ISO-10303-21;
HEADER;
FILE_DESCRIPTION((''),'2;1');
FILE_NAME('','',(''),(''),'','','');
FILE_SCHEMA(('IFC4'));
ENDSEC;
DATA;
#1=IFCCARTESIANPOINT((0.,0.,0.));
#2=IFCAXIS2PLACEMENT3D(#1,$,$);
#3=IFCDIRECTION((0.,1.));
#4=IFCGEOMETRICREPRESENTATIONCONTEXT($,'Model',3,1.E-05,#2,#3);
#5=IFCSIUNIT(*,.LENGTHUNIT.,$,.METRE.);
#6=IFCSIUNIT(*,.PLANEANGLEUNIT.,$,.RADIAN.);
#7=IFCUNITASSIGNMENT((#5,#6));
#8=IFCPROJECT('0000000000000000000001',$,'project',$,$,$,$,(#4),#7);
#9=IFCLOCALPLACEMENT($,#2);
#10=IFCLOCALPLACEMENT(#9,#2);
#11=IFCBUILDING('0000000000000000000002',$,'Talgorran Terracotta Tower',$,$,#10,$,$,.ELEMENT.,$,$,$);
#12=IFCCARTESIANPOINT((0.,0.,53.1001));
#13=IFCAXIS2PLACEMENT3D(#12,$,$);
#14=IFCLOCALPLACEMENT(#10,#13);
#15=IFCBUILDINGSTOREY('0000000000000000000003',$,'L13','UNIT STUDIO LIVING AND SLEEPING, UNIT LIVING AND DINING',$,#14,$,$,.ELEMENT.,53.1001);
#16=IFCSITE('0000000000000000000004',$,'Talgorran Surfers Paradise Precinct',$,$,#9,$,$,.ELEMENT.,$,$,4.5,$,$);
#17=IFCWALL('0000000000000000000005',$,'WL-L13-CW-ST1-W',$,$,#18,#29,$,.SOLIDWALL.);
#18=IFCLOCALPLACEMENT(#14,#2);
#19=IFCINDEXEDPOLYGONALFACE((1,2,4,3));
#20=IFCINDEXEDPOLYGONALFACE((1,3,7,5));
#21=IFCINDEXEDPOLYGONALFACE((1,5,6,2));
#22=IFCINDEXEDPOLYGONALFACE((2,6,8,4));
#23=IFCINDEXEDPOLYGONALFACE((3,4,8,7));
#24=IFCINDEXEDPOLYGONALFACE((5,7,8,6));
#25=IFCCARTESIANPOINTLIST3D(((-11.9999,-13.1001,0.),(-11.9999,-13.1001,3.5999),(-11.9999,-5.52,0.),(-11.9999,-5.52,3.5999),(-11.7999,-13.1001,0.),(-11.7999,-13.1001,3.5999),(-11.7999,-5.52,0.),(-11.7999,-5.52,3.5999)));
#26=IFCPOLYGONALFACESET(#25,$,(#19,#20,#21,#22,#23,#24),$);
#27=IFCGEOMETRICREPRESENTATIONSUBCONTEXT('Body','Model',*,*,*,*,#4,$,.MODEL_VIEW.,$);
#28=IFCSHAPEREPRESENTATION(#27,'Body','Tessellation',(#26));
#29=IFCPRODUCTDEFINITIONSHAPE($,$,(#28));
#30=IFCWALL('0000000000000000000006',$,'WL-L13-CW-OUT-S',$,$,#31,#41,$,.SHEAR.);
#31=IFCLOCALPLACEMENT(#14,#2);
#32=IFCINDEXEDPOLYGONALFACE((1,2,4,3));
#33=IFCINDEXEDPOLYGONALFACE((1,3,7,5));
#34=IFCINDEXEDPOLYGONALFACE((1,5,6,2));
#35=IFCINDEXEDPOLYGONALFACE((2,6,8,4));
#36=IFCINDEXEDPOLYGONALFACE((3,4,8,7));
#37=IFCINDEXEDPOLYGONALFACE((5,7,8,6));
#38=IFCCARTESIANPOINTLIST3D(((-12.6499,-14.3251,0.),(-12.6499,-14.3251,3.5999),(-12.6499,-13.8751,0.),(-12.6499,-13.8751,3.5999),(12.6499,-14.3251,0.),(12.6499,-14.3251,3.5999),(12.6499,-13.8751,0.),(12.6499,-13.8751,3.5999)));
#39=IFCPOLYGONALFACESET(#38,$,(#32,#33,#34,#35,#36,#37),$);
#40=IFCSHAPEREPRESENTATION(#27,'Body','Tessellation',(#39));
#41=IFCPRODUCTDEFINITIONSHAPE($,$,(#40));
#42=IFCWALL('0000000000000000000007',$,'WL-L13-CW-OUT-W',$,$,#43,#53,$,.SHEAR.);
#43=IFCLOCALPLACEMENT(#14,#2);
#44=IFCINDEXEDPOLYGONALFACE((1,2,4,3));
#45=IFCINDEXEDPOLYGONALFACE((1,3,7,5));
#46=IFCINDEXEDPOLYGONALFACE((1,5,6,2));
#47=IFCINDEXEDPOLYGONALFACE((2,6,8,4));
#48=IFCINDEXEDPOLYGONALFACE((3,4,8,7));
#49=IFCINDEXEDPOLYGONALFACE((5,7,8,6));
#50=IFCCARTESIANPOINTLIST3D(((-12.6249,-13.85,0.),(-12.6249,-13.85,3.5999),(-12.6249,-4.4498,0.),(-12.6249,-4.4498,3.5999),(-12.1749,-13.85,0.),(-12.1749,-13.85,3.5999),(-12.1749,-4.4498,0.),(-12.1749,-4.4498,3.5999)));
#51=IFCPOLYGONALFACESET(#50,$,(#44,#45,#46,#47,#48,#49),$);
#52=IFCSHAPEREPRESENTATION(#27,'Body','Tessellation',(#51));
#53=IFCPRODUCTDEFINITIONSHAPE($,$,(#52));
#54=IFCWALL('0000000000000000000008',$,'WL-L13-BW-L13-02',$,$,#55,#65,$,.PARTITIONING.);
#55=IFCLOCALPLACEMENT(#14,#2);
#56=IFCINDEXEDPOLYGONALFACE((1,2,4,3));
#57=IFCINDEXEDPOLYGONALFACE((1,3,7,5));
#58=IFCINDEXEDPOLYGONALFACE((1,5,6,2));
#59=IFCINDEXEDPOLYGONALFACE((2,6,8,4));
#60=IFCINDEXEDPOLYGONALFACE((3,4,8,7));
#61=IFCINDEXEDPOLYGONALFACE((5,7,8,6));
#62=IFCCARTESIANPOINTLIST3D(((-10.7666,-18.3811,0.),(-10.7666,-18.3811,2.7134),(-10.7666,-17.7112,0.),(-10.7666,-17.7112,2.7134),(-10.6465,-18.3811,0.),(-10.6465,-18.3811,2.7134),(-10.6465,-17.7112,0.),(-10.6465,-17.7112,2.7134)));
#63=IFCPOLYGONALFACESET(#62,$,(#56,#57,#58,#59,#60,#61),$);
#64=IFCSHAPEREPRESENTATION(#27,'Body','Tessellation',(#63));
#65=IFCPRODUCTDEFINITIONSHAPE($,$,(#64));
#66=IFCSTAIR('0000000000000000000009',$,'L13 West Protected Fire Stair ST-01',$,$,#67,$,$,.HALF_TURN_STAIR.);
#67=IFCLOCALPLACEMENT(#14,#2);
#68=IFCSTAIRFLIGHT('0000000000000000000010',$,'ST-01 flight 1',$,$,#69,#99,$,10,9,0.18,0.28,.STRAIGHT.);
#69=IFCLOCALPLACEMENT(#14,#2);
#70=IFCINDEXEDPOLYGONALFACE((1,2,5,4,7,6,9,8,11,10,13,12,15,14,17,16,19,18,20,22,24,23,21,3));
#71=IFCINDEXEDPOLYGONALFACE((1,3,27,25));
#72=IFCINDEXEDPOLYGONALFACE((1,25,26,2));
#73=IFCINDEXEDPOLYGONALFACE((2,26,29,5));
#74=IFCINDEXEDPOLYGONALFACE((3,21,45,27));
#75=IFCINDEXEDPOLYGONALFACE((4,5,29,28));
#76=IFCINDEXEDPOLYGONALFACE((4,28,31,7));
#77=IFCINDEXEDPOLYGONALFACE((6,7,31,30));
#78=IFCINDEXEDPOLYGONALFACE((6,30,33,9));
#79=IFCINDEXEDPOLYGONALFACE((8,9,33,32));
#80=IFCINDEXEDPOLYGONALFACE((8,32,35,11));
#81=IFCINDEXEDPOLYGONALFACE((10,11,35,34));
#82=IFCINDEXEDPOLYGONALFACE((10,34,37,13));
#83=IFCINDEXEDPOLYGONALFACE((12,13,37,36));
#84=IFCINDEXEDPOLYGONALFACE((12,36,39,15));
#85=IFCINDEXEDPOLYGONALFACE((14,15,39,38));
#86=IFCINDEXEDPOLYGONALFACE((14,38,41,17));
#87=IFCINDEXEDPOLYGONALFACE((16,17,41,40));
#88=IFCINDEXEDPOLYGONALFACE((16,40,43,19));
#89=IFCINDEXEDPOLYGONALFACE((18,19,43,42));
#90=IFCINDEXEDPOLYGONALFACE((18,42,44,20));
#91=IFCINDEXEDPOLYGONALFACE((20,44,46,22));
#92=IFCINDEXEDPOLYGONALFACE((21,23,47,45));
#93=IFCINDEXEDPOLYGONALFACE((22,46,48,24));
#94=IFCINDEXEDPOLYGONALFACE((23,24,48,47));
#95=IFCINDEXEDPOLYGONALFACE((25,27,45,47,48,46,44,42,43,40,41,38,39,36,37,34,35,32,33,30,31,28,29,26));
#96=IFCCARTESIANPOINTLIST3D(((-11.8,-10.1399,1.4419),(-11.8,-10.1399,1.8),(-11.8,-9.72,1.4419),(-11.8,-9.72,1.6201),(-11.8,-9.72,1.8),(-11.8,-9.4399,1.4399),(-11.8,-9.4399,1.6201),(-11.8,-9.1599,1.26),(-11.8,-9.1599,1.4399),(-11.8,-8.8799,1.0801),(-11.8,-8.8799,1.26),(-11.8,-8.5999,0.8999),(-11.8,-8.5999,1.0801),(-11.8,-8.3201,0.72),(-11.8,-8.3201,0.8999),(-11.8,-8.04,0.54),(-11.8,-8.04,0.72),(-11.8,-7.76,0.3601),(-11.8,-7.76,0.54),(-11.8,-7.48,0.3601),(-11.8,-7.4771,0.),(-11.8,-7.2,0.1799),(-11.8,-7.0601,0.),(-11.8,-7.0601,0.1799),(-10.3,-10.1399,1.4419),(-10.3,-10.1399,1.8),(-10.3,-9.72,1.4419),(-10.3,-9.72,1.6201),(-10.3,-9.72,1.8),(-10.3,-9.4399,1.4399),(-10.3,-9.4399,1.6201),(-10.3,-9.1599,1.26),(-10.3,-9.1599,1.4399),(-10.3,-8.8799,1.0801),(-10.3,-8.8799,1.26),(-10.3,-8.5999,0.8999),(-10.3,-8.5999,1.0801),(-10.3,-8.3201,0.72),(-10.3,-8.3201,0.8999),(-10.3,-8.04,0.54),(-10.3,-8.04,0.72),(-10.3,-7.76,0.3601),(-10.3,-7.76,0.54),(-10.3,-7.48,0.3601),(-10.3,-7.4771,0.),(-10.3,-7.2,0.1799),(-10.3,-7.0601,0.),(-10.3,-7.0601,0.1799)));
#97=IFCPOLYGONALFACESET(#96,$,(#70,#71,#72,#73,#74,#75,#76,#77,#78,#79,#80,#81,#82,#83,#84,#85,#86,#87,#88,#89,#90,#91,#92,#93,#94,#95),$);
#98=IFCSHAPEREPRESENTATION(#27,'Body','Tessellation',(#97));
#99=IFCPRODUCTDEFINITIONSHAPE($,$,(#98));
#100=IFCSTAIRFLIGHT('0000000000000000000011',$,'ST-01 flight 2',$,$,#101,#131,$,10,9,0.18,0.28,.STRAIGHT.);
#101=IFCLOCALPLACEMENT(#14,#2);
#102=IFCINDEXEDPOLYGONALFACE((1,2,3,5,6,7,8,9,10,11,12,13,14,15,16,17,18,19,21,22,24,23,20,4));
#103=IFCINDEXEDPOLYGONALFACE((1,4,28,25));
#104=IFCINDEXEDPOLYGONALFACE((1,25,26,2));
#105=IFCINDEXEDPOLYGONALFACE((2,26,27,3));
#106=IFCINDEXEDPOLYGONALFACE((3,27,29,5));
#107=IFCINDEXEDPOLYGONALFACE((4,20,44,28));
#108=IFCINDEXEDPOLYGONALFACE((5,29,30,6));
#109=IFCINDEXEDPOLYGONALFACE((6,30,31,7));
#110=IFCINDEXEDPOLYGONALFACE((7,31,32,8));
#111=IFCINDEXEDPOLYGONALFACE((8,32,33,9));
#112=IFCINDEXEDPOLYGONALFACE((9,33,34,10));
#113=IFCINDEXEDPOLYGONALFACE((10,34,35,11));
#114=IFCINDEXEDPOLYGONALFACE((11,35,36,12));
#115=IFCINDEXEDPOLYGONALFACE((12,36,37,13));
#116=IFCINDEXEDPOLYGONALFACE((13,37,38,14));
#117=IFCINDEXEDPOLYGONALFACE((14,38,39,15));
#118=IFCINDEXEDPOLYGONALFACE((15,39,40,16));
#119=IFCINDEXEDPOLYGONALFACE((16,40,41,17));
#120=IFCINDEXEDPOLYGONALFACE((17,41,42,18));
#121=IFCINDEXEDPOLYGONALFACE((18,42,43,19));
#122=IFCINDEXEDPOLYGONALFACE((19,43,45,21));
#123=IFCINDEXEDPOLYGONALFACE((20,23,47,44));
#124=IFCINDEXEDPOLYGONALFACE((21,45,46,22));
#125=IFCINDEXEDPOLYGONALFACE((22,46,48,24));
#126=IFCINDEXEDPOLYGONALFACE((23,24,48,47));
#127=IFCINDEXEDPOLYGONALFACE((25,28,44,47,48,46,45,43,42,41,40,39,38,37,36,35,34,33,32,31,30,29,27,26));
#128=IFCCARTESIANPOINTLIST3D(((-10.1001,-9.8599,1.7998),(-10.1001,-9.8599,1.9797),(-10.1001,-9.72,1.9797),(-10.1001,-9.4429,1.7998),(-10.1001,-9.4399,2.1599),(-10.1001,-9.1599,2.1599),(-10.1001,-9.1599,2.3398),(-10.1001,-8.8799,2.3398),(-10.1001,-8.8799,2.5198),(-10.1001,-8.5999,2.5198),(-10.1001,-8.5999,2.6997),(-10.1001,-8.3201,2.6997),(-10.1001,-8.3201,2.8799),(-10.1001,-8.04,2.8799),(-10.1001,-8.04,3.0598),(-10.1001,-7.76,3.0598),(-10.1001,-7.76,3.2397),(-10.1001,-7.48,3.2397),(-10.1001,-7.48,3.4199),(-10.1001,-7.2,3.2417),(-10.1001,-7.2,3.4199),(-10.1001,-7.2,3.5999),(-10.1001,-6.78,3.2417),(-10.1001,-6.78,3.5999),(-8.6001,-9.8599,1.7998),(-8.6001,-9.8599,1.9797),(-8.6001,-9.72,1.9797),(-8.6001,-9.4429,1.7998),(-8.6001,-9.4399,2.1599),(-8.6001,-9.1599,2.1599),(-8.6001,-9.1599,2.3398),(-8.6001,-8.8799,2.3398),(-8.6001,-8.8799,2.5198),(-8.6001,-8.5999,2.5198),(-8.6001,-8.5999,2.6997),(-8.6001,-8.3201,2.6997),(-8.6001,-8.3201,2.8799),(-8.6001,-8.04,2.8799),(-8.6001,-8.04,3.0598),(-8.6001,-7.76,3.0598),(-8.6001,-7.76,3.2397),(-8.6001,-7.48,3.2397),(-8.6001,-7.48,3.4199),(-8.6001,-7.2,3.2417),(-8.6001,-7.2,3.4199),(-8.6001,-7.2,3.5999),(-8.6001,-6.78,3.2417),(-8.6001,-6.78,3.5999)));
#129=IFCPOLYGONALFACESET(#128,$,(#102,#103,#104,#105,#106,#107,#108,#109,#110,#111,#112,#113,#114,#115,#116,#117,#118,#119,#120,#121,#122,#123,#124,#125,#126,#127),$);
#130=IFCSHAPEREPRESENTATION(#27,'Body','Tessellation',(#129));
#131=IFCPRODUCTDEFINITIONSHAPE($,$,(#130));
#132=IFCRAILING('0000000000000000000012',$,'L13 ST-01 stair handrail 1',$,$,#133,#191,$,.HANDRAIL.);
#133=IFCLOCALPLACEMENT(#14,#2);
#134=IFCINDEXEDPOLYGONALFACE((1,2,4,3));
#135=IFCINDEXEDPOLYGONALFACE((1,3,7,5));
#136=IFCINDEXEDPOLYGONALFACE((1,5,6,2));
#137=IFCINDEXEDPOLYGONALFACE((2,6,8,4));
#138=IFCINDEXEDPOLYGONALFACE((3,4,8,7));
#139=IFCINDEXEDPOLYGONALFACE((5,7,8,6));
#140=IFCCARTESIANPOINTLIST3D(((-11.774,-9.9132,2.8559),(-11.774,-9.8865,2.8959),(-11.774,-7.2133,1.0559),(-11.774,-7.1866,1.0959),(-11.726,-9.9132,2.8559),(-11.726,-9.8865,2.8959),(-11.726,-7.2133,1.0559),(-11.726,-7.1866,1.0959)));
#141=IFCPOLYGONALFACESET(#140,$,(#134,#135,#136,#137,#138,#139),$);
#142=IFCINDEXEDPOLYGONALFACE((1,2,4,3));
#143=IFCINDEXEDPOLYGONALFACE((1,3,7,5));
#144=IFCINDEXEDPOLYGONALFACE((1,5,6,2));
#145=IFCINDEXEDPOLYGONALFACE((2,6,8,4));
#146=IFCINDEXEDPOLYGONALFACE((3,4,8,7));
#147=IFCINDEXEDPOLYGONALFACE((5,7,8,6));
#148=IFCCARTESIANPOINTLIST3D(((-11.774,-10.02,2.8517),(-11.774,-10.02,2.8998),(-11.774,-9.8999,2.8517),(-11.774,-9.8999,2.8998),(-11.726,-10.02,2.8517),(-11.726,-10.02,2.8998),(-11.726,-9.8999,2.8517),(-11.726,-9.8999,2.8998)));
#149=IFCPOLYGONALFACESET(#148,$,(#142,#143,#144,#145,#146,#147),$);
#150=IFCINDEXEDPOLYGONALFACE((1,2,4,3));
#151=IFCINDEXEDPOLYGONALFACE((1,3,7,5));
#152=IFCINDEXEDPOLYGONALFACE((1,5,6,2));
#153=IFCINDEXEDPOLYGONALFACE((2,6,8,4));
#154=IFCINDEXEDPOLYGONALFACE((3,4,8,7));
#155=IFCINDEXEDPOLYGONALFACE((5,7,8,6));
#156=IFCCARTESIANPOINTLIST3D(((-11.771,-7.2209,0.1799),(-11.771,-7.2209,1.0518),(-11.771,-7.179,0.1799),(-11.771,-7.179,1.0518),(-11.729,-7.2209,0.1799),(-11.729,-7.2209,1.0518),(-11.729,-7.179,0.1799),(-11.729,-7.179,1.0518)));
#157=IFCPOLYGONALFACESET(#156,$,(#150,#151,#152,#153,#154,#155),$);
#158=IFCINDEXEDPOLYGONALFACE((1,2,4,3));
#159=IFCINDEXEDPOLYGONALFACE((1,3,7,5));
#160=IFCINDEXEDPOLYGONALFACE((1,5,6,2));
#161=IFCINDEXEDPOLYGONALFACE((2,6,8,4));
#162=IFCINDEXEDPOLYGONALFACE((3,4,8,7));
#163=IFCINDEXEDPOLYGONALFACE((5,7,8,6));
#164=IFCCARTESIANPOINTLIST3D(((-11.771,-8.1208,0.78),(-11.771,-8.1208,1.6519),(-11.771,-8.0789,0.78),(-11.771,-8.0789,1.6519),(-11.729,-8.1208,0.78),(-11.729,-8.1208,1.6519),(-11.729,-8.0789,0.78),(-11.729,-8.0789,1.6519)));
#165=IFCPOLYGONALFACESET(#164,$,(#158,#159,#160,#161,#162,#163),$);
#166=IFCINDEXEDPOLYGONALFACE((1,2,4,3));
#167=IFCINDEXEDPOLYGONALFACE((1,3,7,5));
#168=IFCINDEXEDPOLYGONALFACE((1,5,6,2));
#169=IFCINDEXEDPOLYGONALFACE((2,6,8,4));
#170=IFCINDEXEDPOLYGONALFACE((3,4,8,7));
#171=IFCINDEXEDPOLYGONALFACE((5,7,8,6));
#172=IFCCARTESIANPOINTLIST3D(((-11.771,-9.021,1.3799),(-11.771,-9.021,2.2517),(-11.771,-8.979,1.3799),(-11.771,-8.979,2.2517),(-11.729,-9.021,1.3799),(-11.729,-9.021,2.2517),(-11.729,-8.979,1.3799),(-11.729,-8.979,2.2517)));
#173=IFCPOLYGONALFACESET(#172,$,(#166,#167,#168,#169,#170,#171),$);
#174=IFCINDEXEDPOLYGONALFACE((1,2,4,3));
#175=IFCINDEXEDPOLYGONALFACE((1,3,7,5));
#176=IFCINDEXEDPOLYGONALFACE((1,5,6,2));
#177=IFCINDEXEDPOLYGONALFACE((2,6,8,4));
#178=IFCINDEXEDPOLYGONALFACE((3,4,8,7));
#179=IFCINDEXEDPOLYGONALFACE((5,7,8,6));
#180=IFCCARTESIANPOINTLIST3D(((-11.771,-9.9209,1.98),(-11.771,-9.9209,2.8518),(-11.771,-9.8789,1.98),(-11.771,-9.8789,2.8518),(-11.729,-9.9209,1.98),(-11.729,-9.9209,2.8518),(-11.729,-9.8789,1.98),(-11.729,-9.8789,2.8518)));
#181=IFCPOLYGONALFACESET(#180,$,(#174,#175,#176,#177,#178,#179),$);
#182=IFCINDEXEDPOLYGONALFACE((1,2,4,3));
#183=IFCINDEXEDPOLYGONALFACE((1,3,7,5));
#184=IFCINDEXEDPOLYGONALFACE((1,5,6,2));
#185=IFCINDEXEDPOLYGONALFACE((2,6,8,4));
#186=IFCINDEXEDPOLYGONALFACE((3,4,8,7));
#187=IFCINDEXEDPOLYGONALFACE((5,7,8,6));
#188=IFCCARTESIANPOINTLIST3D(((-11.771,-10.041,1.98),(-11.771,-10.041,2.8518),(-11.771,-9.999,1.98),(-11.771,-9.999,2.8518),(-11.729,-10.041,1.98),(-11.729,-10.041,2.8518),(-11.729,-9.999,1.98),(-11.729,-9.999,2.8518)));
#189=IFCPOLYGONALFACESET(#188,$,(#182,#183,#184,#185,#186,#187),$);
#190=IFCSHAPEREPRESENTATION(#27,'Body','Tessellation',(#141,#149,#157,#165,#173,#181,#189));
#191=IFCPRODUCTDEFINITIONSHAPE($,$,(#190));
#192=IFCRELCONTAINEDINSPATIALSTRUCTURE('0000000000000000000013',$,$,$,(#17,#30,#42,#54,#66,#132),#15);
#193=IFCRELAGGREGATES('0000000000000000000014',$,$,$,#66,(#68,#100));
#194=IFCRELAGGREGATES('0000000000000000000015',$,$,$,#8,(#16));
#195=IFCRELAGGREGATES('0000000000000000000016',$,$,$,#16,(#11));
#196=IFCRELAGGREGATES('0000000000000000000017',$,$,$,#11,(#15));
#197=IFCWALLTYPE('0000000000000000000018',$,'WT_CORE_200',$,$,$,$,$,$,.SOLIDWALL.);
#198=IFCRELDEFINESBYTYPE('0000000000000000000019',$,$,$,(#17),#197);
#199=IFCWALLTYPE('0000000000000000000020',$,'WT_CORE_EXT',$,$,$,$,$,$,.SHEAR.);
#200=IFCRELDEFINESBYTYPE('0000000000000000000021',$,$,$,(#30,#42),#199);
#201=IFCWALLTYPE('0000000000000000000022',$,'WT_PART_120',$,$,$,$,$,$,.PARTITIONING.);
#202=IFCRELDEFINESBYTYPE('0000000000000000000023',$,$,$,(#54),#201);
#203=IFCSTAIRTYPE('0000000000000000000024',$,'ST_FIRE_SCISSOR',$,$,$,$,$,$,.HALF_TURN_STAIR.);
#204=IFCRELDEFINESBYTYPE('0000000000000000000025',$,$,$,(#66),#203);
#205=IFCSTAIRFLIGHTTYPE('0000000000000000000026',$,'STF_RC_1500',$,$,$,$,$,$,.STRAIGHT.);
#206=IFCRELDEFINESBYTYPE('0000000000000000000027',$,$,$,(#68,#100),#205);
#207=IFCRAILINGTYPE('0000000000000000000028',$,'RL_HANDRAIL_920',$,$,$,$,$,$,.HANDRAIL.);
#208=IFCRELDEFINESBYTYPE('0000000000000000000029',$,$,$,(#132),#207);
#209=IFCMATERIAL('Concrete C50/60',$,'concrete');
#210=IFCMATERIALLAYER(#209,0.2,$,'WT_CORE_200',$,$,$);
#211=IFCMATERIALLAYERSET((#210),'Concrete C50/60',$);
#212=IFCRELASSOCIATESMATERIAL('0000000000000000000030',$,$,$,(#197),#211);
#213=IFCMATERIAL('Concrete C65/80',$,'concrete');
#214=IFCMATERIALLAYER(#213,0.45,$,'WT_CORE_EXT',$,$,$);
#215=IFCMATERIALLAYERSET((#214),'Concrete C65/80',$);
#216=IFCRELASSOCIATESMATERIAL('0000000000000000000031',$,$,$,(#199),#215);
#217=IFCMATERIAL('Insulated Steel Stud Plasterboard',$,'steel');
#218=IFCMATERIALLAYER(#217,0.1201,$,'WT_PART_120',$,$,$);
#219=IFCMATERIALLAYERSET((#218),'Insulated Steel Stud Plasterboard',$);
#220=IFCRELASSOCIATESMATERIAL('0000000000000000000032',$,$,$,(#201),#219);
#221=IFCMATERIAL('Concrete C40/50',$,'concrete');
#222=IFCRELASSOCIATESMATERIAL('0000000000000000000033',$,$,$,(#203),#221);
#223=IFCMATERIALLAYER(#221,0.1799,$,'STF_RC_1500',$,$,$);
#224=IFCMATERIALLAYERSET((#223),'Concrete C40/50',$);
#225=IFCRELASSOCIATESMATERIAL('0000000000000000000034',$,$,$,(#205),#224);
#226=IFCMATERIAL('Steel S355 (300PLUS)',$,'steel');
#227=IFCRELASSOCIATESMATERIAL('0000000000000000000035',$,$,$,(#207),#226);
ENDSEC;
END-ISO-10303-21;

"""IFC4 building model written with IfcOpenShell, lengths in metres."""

from ifc_helpers import new_model, si_unit, direction, frame, frame_2d, origin, origin_2d, place, context, subcontext, project, spatial, polyline, rectangle, outline, extrude, material, layer, layer_set, type_object, element, aggregate, save


model = new_model("IFC4")

# Units and contexts
model_context = context("Model", 3, precision=1e-05, world=origin(), true_north=direction((0.0, 1.0)))
body_context = subcontext(model_context, "Body", "Model", "MODEL_VIEW")
ifc_project = project(units=[si_unit("LENGTHUNIT", "METRE"), si_unit("PLANEANGLEUNIT", "RADIAN")], contexts=[model_context])

# Site, building, storey
site_placement = place(None, origin())
site = spatial("IfcSite", under=ifc_project, at=site_placement, Name="Talgorran Surfers Paradise Precinct", CompositionType="ELEMENT", RefElevation=4.5)
building_placement = place(site_placement, origin())
building = spatial("IfcBuilding", under=site, at=building_placement, Name="Talgorran Terracotta Tower", CompositionType="ELEMENT")
storey_placement = place(building_placement, frame((0.0, 0.0, 53.1001)))
storey = spatial("IfcBuildingStorey", under=building, at=storey_placement, Name="L13", Description="UNIT STUDIO LIVING AND SLEEPING, UNIT LIVING AND DINING", CompositionType="ELEMENT", Elevation=53.1001)

# Shared definitions
ifc_material_1 = material(Name="Steel S355 (300PLUS)", Category="steel")

# Walls
ifc_material_2 = material(Name="Concrete C50/60", Category="concrete")
ifc_layer_1 = layer(ifc_material_2, 0.2, Name="WT_CORE_200")
ifc_layer_set_1 = layer_set([ifc_layer_1], Name="Concrete C50/60")
wall_type_1 = type_object("IfcWallType", Name="WT_CORE_200", PredefinedType="SOLIDWALL", material=ifc_layer_set_1)
wall_1_placement = place(storey_placement, frame((-11.8999, -13.1001, 0.0), z_axis=(0.0, 0.0, 1.0), x_axis=(0.0, 1.0, 0.0)))
element("IfcWall", 1, at=wall_1_placement, inside=storey, type_object=wall_type_1, Name="WL-L13-CW-ST1-W", PredefinedType="SOLIDWALL", context=body_context, shape_type="SweptSolid", body=[
    extrude(rectangle(XDim=7.5801, YDim=0.2, at=frame_2d((3.79, 0.0))), origin(), (0.0, 0.0, 1.0), 3.5999),
])
ifc_material_3 = material(Name="Concrete C65/80", Category="concrete")
ifc_layer_2 = layer(ifc_material_3, 0.45, Name="WT_CORE_EXT")
ifc_layer_set_2 = layer_set([ifc_layer_2], Name="Concrete C65/80")
wall_type_2 = type_object("IfcWallType", Name="WT_CORE_EXT", PredefinedType="SHEAR", material=ifc_layer_set_2)
wall_2_placement = place(storey_placement, frame((-12.6499, -14.1001, 0.0), z_axis=(0.0, 0.0, 1.0), x_axis=(1.0, 0.0, 0.0)))
element("IfcWall", 2, at=wall_2_placement, inside=storey, type_object=wall_type_2, Name="WL-L13-CW-OUT-S", PredefinedType="SHEAR", context=body_context, shape_type="SweptSolid", body=[
    extrude(rectangle(XDim=25.2998, YDim=0.45, at=frame_2d((12.6499, 0.0))), origin(), (0.0, 0.0, 1.0), 3.5999),
])
wall_3_placement = place(storey_placement, frame((-12.3999, -13.8501, 0.0), z_axis=(0.0, 0.0, 1.0), x_axis=(0.0, 1.0, 0.0)))
element("IfcWall", 3, at=wall_3_placement, inside=storey, type_object=wall_type_2, Name="WL-L13-CW-OUT-W", PredefinedType="SHEAR", context=body_context, shape_type="SweptSolid", body=[
    extrude(rectangle(XDim=9.4001, YDim=0.45, at=frame_2d((4.7002, 0.0))), origin(), (0.0, 0.0, 1.0), 3.5999),
])
ifc_material_4 = material(Name="Insulated Steel Stud Plasterboard", Category="steel")
ifc_layer_3 = layer(ifc_material_4, 0.1201, Name="WT_PART_120")
ifc_layer_set_3 = layer_set([ifc_layer_3], Name="Insulated Steel Stud Plasterboard")
wall_type_3 = type_object("IfcWallType", Name="WT_PART_120", PredefinedType="PARTITIONING", material=ifc_layer_set_3)
wall_4_placement = place(storey_placement, frame((-10.7065, -17.7112, 0.0), z_axis=(0.0, 0.0, 1.0), x_axis=(0.0, -1.0, 0.0)))
element("IfcWall", 4, at=wall_4_placement, inside=storey, type_object=wall_type_3, Name="WL-L13-BW-L13-02", PredefinedType="PARTITIONING", context=body_context, shape_type="SweptSolid", body=[
    extrude(rectangle(XDim=0.6699, YDim=0.1201, at=frame_2d((0.335, 0.0))), origin(), (0.0, 0.0, 1.0), 2.7134),
])

# Stair, stair flights
ifc_material_5 = material(Name="Concrete C40/50", Category="concrete")
stair_type = type_object("IfcStairType", Name="ST_FIRE_SCISSOR", PredefinedType="HALF_TURN_STAIR", material=ifc_material_5)
stair_placement = place(storey_placement, origin())
stair = element("IfcStair", 5, at=stair_placement, inside=storey, type_object=stair_type, Name="L13 West Protected Fire Stair ST-01", PredefinedType="HALF_TURN_STAIR")
ifc_layer_4 = layer(ifc_material_5, 0.1799, Name="STF_RC_1500")
ifc_layer_set_4 = layer_set([ifc_layer_4], Name="Concrete C40/50")
stair_flight_type = type_object("IfcStairFlightType", Name="STF_RC_1500", PredefinedType="STRAIGHT", material=ifc_layer_set_4)
stair_flight_1_placement = place(storey_placement, frame((-11.05, -7.2, 0.0), z_axis=(0.0, 0.0, 1.0), x_axis=(0.0, -1.0, 0.0)))
stair_flight_1 = element("IfcStairFlight", 6, at=stair_flight_1_placement, type_object=stair_flight_type, Name="ST-01 flight 1", NumberOfRisers=10, NumberOfTreads=9, PredefinedType="STRAIGHT", RiserHeight=0.18, TreadLength=0.28, context=body_context, shape_type="SweptSolid", body=[
    extrude(outline(polyline([(-0.1399, 0.0), (-0.1399, 0.1799), (0.0, 0.1799), (0.28, 0.3601), (0.5601, 0.3601), (0.5601, 0.54), (0.8401, 0.54), (0.8401, 0.72), (1.1201, 0.72), (1.1201, 0.8999), (1.3999, 0.8999), (1.3999, 1.0801), (1.6799, 1.0801), (1.6799, 1.26), (1.96, 1.26), (1.96, 1.4399), (2.24, 1.4399), (2.24, 1.6201), (2.52, 1.6201), (2.52, 1.8), (2.9399, 1.8), (2.9399, 1.4419), (2.52, 1.4419), (0.2771, 0.0), (-0.1399, 0.0)])), frame((0.0, 0.75, 0.0), z_axis=(0.0, -1.0, 0.0), x_axis=(1.0, 0.0, 0.0)), (0.0, 0.0, 1.0), 1.5),
])
stair_flight_2_placement = place(storey_placement, frame((-9.3501, -9.72, 1.7998), z_axis=(0.0, 0.0, 1.0), x_axis=(0.0, 1.0, 0.0)))
stair_flight_2 = element("IfcStairFlight", 7, at=stair_flight_2_placement, type_object=stair_flight_type, Name="ST-01 flight 2", NumberOfRisers=10, NumberOfTreads=9, PredefinedType="STRAIGHT", RiserHeight=0.18, TreadLength=0.28, context=body_context, shape_type="SweptSolid", body=[
    extrude(outline(polyline([(-0.1399, 0.0), (-0.1399, 0.1799), (0.0, 0.1799), (0.28, 0.3601), (0.5601, 0.3601), (0.5601, 0.54), (0.8401, 0.54), (0.8401, 0.72), (1.1201, 0.72), (1.1201, 0.8999), (1.3999, 0.8999), (1.3999, 1.0801), (1.6799, 1.0801), (1.6799, 1.26), (1.96, 1.26), (1.96, 1.4399), (2.24, 1.4399), (2.24, 1.6201), (2.52, 1.6201), (2.52, 1.8), (2.9399, 1.8), (2.9399, 1.4419), (2.52, 1.4419), (0.2771, 0.0), (-0.1399, 0.0)])), frame((0.0, 0.75, 0.0), z_axis=(0.0, -1.0, 0.0), x_axis=(1.0, 0.0, 0.0)), (0.0, 0.0, 1.0), 1.5),
])
aggregate(stair, [stair_flight_1, stair_flight_2])

# Railing
railing_type_1 = type_object("IfcRailingType", Name="RL_HANDRAIL_920", PredefinedType="HANDRAIL", material=ifc_material_1)
railing_1_placement = place(storey_placement, frame((-11.75, -7.2, 0.1799)))
element("IfcRailing", 8, at=railing_1_placement, inside=storey, type_object=railing_type_1, Name="L13 ST-01 stair handrail 1", PredefinedType="HANDRAIL", context=body_context, shape_type="SweptSolid", body=[
    extrude(rectangle(XDim=0.0481, YDim=0.0481, at=origin_2d()), frame((0.0, 0.0, 0.896), z_axis=(0.0, -0.832039, 0.554718), x_axis=(1.0, 0.0, 0.0)), (0.0, 0.0, 1.0), 3.2449),
    extrude(rectangle(XDim=0.0481, YDim=0.0481, at=origin_2d()), frame((0.0, -2.7, 2.6958), z_axis=(0.0, -1.0, 0.0), x_axis=(1.0, 0.0, 0.0)), (0.0, 0.0, 1.0), 0.1201),
    extrude(rectangle(XDim=0.042, YDim=0.042, at=origin_2d()), origin(), (0.0, 0.0, 1.0), 0.8718),
    extrude(rectangle(XDim=0.042, YDim=0.042, at=origin_2d()), frame((0.0, -0.8999, 0.6001)), (0.0, 0.0, 1.0), 0.8718),
    extrude(rectangle(XDim=0.042, YDim=0.042, at=origin_2d()), frame((0.0, -1.8, 1.2)), (0.0, 0.0, 1.0), 0.8718),
    extrude(rectangle(XDim=0.042, YDim=0.042, at=origin_2d()), frame((0.0, -2.7, 1.8)), (0.0, 0.0, 1.0), 0.8718),
    extrude(rectangle(XDim=0.042, YDim=0.042, at=origin_2d()), frame((0.0, -2.8201, 1.8)), (0.0, 0.0, 1.0), 0.8718),
])

save(model, "model.ifc")
